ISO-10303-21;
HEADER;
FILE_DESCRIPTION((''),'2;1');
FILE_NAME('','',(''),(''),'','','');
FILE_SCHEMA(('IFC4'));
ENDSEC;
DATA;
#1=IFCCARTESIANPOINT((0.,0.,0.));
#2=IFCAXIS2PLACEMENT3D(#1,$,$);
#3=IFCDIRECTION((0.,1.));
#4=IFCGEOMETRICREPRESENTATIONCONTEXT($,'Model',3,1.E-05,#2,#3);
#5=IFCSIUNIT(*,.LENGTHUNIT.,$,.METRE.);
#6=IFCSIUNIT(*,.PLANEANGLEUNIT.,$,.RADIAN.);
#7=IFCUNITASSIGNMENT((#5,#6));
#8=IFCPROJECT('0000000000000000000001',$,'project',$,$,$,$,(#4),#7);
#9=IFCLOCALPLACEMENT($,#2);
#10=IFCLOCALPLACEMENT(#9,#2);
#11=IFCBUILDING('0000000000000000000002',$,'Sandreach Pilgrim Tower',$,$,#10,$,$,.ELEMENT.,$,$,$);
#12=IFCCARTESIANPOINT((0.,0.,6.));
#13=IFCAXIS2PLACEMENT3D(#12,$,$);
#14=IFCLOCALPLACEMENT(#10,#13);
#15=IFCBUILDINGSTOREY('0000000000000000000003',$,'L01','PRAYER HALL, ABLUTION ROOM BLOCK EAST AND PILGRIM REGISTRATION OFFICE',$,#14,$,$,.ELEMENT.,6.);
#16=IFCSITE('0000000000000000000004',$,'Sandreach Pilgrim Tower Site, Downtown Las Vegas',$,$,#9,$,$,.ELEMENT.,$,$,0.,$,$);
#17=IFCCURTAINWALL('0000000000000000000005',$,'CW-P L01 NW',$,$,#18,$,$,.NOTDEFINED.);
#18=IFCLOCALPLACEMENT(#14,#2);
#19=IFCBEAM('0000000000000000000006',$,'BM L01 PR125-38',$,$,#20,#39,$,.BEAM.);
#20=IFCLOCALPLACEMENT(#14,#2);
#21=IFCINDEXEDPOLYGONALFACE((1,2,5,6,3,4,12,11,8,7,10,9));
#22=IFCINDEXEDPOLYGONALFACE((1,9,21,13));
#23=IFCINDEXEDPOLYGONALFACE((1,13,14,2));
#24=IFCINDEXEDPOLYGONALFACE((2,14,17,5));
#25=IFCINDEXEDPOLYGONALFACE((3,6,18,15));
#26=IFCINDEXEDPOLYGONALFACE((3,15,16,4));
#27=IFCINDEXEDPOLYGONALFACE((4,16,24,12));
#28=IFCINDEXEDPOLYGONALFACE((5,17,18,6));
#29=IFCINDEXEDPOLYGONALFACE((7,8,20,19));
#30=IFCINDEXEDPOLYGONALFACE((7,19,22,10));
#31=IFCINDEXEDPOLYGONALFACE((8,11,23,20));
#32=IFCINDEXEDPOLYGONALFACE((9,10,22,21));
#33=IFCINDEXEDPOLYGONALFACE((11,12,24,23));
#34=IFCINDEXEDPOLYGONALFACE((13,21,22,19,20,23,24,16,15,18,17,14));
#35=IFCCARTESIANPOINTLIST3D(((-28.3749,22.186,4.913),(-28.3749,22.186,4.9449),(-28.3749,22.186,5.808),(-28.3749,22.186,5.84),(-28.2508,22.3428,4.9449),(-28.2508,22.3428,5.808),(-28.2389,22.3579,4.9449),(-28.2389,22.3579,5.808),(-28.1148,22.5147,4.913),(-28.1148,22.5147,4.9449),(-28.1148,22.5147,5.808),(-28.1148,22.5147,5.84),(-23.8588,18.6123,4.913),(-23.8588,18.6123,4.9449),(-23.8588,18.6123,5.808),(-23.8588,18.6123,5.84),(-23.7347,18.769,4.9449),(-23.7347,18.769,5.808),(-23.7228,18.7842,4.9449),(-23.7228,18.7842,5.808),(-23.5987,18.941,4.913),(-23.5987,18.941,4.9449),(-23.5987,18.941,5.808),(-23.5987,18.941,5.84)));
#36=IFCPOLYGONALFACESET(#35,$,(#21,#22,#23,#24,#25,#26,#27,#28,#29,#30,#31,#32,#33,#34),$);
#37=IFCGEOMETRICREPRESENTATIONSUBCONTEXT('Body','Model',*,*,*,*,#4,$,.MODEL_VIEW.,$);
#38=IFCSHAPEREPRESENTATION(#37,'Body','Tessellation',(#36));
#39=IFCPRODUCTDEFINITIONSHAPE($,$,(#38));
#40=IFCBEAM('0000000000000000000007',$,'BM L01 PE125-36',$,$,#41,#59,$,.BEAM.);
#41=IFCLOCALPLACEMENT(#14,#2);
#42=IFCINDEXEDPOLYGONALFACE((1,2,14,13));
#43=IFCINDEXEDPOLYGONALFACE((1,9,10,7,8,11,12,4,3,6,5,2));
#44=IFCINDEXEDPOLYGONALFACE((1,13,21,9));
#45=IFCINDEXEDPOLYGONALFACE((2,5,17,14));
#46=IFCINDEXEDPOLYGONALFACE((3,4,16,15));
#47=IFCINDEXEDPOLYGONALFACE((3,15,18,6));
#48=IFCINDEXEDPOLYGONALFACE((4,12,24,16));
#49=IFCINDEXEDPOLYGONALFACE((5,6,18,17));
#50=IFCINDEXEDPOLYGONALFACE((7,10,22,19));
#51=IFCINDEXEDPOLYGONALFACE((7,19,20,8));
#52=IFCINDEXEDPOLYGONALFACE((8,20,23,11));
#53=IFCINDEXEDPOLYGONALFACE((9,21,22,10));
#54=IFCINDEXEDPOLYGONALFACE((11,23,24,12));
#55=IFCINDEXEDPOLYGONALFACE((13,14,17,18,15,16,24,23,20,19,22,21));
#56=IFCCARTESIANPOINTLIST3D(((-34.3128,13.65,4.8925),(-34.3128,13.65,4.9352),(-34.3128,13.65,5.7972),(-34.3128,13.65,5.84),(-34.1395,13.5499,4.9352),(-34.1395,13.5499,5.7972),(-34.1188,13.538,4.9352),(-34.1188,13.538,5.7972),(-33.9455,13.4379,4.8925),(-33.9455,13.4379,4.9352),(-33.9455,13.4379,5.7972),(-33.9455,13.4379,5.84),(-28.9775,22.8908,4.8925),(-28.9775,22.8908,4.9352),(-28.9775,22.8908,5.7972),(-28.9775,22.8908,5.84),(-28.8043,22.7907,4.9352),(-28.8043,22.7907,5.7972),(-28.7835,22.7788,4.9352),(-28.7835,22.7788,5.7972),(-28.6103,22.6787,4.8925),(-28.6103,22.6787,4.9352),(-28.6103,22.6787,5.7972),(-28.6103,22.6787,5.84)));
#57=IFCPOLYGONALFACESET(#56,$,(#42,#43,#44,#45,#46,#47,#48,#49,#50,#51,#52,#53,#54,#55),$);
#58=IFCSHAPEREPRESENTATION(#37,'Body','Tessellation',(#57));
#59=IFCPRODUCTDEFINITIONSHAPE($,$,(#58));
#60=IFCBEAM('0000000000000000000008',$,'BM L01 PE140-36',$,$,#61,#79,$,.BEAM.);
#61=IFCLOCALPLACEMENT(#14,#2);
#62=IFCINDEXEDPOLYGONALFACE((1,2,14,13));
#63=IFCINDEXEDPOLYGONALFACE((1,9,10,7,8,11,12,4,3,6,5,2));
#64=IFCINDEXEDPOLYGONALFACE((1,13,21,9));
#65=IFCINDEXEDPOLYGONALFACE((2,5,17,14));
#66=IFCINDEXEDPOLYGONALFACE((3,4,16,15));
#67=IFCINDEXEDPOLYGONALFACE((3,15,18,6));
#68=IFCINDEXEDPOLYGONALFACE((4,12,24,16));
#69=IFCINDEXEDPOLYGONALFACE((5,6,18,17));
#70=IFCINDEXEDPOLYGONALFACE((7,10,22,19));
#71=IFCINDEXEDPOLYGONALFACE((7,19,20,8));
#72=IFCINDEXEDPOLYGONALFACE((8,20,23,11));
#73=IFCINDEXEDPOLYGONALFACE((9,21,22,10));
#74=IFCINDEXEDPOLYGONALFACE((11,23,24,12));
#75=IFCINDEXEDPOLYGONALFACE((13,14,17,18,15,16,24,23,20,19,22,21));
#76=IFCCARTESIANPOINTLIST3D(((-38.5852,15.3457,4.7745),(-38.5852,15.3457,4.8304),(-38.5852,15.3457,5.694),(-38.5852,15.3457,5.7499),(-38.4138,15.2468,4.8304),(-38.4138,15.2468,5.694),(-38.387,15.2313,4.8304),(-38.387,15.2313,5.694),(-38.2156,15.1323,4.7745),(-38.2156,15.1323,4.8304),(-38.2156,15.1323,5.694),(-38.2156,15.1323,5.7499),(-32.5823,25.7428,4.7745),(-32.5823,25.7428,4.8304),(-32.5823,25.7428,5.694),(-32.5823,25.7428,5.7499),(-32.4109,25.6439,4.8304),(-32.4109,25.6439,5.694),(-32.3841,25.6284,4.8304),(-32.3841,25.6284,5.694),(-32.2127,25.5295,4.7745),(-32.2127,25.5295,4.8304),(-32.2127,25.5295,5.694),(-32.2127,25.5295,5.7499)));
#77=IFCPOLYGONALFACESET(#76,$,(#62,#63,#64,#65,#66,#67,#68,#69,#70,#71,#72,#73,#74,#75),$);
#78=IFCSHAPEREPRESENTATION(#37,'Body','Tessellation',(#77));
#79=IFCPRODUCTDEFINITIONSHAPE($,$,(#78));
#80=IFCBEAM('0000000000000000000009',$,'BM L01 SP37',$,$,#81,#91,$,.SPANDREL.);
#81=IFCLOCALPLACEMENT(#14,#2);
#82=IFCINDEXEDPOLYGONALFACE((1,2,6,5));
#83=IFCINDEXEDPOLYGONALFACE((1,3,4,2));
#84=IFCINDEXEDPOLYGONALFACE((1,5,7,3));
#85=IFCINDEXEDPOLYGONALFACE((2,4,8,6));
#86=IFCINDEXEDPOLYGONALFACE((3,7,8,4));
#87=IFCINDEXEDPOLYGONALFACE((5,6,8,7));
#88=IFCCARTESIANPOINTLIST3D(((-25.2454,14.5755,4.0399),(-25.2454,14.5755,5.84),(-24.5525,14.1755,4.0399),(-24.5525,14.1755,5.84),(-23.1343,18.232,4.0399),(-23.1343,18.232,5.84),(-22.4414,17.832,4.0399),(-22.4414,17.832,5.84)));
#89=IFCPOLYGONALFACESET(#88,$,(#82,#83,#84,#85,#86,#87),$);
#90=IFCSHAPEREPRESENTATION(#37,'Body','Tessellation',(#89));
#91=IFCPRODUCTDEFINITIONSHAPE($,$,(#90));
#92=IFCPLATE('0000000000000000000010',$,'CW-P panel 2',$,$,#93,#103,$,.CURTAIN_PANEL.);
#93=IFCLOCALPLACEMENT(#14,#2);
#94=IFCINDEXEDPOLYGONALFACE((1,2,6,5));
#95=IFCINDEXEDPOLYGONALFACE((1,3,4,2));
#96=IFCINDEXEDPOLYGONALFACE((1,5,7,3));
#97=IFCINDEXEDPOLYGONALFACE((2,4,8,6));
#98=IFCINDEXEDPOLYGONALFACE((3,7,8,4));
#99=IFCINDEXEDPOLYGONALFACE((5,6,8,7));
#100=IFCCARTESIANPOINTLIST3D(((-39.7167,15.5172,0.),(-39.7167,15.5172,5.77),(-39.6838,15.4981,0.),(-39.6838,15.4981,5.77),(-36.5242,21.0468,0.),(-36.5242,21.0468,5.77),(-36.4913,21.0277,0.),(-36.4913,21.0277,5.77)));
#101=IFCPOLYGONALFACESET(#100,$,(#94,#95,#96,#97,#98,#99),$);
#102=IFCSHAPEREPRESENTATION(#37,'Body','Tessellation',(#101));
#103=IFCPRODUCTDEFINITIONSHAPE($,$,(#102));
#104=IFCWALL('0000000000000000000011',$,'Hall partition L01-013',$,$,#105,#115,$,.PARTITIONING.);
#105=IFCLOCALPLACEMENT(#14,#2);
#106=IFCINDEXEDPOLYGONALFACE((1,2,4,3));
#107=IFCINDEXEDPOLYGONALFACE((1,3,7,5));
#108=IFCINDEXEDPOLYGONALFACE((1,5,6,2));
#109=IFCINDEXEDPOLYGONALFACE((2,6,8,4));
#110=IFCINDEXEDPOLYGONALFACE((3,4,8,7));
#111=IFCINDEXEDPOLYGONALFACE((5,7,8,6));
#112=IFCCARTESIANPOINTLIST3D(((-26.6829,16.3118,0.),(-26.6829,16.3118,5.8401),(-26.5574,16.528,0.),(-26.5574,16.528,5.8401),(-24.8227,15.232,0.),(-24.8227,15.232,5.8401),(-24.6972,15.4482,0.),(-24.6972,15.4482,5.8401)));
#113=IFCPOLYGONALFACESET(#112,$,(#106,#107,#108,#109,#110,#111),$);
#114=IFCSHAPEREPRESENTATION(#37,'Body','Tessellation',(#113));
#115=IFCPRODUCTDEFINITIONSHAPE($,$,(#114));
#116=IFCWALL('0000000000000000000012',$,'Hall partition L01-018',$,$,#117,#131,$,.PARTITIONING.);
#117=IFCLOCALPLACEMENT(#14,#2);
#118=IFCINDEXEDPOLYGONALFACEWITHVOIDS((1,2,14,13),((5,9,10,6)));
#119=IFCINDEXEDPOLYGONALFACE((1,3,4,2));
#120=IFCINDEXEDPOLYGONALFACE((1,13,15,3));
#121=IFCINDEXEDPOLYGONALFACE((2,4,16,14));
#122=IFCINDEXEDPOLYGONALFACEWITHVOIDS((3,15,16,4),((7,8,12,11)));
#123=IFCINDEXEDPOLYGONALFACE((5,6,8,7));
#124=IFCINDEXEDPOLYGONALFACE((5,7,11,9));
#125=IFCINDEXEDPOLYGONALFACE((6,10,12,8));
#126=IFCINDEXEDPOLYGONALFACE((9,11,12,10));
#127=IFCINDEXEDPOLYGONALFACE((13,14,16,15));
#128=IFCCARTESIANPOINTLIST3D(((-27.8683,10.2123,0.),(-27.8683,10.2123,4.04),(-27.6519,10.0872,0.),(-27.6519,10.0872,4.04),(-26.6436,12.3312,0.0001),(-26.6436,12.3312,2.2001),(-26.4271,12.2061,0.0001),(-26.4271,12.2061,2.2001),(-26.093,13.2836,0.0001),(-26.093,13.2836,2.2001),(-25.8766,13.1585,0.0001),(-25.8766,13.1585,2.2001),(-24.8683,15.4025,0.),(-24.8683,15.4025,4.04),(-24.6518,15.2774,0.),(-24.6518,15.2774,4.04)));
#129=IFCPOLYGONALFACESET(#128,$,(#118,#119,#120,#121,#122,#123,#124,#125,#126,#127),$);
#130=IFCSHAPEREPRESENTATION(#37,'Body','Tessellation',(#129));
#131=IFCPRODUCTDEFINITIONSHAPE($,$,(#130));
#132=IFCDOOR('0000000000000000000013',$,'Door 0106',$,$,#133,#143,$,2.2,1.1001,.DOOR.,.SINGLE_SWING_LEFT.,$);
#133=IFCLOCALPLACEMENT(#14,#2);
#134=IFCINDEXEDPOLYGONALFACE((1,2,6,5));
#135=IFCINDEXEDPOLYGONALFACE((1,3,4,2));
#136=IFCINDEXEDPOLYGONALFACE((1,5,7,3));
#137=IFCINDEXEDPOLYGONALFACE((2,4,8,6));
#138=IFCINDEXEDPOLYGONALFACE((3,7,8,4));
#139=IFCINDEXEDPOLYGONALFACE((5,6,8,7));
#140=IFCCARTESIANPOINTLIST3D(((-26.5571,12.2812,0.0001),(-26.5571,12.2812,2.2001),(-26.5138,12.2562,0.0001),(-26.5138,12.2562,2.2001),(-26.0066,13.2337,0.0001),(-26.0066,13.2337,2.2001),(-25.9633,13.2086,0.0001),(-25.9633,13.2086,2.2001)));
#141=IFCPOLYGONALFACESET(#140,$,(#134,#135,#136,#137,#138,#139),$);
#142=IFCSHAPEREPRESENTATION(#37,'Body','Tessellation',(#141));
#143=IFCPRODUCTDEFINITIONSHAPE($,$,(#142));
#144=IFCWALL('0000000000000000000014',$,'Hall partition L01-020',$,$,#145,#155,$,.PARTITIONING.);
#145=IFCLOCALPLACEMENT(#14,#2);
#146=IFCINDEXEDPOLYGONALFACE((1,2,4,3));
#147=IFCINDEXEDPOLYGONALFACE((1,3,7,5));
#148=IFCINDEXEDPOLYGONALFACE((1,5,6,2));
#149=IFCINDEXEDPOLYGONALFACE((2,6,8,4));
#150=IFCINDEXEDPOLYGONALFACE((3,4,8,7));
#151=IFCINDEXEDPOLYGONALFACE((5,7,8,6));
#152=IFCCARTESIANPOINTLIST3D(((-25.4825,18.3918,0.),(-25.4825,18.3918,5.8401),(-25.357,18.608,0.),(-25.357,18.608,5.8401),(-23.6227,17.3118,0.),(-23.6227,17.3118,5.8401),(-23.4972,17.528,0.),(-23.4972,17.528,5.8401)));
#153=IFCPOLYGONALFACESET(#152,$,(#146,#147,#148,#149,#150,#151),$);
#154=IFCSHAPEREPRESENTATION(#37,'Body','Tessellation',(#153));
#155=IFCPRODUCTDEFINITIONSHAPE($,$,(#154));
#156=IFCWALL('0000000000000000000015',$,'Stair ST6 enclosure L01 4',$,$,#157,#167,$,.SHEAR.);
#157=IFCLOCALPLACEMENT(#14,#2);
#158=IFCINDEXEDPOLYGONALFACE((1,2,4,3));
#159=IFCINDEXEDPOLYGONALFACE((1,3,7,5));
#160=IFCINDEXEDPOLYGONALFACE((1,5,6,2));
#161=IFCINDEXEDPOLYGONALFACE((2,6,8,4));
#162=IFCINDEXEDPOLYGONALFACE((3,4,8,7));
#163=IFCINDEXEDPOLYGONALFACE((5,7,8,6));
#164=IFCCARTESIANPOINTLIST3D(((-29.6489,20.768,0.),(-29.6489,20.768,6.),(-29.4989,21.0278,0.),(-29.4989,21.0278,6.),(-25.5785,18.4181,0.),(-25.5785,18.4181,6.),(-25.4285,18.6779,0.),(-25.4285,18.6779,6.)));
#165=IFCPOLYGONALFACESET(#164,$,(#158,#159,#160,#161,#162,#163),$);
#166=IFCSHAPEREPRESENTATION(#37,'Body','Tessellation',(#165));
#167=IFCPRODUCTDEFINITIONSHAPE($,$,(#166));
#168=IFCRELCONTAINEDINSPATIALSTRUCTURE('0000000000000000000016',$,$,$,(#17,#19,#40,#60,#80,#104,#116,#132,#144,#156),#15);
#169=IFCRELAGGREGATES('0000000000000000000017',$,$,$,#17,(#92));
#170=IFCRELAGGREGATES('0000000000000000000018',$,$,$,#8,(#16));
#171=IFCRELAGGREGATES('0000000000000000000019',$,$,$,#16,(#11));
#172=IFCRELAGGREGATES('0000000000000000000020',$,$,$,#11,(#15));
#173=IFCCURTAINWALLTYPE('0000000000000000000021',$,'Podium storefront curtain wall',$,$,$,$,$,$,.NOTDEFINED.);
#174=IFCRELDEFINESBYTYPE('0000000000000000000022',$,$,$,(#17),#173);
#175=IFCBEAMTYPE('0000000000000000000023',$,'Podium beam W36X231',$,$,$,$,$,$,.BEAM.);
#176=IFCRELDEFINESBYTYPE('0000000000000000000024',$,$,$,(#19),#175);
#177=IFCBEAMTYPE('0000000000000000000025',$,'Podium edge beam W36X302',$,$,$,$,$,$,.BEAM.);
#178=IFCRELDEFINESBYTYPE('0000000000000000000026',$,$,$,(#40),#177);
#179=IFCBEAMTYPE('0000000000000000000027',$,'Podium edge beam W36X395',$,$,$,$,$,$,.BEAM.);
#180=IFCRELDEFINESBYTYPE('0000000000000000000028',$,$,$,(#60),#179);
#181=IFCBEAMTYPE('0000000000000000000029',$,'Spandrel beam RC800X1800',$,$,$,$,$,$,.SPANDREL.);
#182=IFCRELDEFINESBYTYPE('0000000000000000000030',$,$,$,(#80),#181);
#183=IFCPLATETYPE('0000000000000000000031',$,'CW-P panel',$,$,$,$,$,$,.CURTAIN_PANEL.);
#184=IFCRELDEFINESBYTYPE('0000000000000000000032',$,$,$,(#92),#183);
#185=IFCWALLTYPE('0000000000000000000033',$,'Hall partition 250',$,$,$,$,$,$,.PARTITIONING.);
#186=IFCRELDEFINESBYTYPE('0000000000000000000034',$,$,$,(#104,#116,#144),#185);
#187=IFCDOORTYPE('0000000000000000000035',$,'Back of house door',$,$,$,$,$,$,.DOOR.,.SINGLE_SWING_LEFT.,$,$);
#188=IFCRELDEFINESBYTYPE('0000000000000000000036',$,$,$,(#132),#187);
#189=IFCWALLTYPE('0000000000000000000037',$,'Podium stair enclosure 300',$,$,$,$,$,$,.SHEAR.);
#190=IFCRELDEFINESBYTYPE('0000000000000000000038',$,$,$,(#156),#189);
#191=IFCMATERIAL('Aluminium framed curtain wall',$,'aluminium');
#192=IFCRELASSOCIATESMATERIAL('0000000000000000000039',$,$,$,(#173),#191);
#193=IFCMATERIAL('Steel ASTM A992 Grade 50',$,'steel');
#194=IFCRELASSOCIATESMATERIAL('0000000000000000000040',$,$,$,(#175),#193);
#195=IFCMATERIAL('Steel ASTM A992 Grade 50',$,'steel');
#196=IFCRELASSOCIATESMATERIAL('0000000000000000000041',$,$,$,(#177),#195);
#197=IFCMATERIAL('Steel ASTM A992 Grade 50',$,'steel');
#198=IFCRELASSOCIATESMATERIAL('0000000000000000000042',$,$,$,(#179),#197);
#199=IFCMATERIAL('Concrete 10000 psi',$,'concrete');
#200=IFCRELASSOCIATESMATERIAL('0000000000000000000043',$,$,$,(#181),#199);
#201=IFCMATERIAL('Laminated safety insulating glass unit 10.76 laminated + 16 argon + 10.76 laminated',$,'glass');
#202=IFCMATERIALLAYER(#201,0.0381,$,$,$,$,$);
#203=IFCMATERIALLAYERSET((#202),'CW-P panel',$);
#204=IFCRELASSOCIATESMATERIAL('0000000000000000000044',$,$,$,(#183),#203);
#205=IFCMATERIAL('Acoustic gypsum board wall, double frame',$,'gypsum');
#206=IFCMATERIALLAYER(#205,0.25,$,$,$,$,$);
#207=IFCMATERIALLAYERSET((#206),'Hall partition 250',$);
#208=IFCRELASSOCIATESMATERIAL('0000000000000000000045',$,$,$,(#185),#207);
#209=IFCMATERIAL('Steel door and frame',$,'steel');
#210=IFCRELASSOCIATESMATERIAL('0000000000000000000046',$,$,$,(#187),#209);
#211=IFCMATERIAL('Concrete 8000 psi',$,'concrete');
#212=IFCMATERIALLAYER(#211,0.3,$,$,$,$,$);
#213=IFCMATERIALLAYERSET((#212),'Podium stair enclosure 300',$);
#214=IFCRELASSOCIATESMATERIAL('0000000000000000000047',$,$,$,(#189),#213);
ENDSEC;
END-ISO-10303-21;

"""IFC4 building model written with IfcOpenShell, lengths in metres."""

from ifc_helpers import new_model, si_unit, direction, frame, frame_2d, origin, origin_2d, place, context, subcontext, project, spatial, rectangle, i_section, extrude, material, layer, layer_set, material_profile, profile_set, type_object, element, fill, aggregate, save


model = new_model("IFC4")

# Units and contexts
model_context = context("Model", 3, precision=1e-05, world=origin(), true_north=direction((0.0, 1.0)))
body_context = subcontext(model_context, "Body", "Model", "MODEL_VIEW")
ifc_project = project(units=[si_unit("LENGTHUNIT", "METRE"), si_unit("PLANEANGLEUNIT", "RADIAN")], contexts=[model_context])

# Site, building, storey
site_placement = place(None, origin())
site = spatial("IfcSite", under=ifc_project, at=site_placement, Name="Sandreach Pilgrim Tower Site, Downtown Las Vegas", CompositionType="ELEMENT", RefElevation=0.0)
building_placement = place(site_placement, origin())
building = spatial("IfcBuilding", under=site, at=building_placement, Name="Sandreach Pilgrim Tower", CompositionType="ELEMENT")
storey_placement = place(building_placement, frame((0.0, 0.0, 6.0)))
storey = spatial("IfcBuildingStorey", under=building, at=storey_placement, Name="L01", Description="PRAYER HALL, ABLUTION ROOM BLOCK EAST AND PILGRIM REGISTRATION OFFICE", CompositionType="ELEMENT", Elevation=6.0)

# Curtain wall
ifc_material_1 = material(Name="Aluminium framed curtain wall", Category="aluminium")
curtain_wall_type = type_object("IfcCurtainWallType", Name="Podium storefront curtain wall", PredefinedType="NOTDEFINED", material=ifc_material_1)
curtain_wall_placement = place(storey_placement, origin())
curtain_wall = element("IfcCurtainWall", 1, at=curtain_wall_placement, inside=storey, type_object=curtain_wall_type, Name="CW-P L01 NW", PredefinedType="NOTDEFINED")

# Beams
ifc_material_2 = material(Name="Steel ASTM A992 Grade 50", Category="steel")
ifc_material_profile_1 = material_profile(ifc_material_2, i_section(OverallWidth=0.4192, OverallDepth=0.927, WebThickness=0.0193, FlangeThickness=0.032, at=origin_2d()), Name="W36X231")
ifc_profile_set_1 = profile_set([ifc_material_profile_1], Name="Steel ASTM A992 Grade 50")
beam_type_1 = type_object("IfcBeamType", Name="Podium beam W36X231", PredefinedType="BEAM", material=ifc_profile_set_1)
beam_1_placement = place(storey_placement, frame((-23.7288, 18.7766, 5.3765), z_axis=(-0.784175, 0.62054, 0.0), x_axis=(-0.62054, -0.784175, 0.0)))
element("IfcBeam", 2, at=beam_1_placement, inside=storey, type_object=beam_type_1, Name="BM L01 PR125-38", PredefinedType="BEAM", context=body_context, shape_type="SweptSolid", body=[
    extrude(i_section(OverallWidth=0.4192, OverallDepth=0.927, WebThickness=0.0193, FlangeThickness=0.032, at=origin_2d()), origin(), (0.0, 0.0, 1.0), 5.759),
])
ifc_material_3 = material(Name="Steel ASTM A992 Grade 50", Category="steel")
ifc_material_profile_2 = material_profile(ifc_material_3, i_section(OverallWidth=0.4241, OverallDepth=0.9475, WebThickness=0.0239, FlangeThickness=0.0427, at=origin_2d()), Name="W36X302")
ifc_profile_set_2 = profile_set([ifc_material_profile_2], Name="Steel ASTM A992 Grade 50")
beam_type_2 = type_object("IfcBeamType", Name="Podium edge beam W36X302", PredefinedType="BEAM", material=ifc_profile_set_2)
beam_2_placement = place(storey_placement, frame((-34.1292, 13.5439, 5.3662), z_axis=(0.500005, 0.866023, 0.0), x_axis=(-0.866023, 0.500005, 0.0)))
element("IfcBeam", 3, at=beam_2_placement, inside=storey, type_object=beam_type_2, Name="BM L01 PE125-36", PredefinedType="BEAM", context=body_context, shape_type="SweptSolid", body=[
    extrude(i_section(OverallWidth=0.4241, OverallDepth=0.9475, WebThickness=0.0239, FlangeThickness=0.0427, at=origin_2d()), origin(), (0.0, 0.0, 1.0), 10.6704),
])
ifc_material_4 = material(Name="Steel ASTM A992 Grade 50", Category="steel")
ifc_material_profile_3 = material_profile(ifc_material_4, i_section(OverallWidth=0.4268, OverallDepth=0.9753, WebThickness=0.031, FlangeThickness=0.0559, at=origin_2d()), Name="W36X395")
ifc_profile_set_3 = profile_set([ifc_material_profile_3], Name="Steel ASTM A992 Grade 50")
beam_type_3 = type_object("IfcBeamType", Name="Podium edge beam W36X395", PredefinedType="BEAM", material=ifc_profile_set_3)
beam_3_placement = place(storey_placement, frame((-38.4004, 15.239, 5.2622), z_axis=(0.500006, 0.866022, 0.0), x_axis=(-0.866022, 0.500006, 0.0)))
element("IfcBeam", 4, at=beam_3_placement, inside=storey, type_object=beam_type_3, Name="BM L01 PE140-36", PredefinedType="BEAM", context=body_context, shape_type="SweptSolid", body=[
    extrude(i_section(OverallWidth=0.4268, OverallDepth=0.9753, WebThickness=0.031, FlangeThickness=0.0559, at=origin_2d()), origin(), (0.0, 0.0, 1.0), 12.0056),
])
ifc_material_5 = material(Name="Concrete 10000 psi", Category="concrete")
ifc_material_profile_4 = material_profile(ifc_material_5, rectangle(XDim=0.8, YDim=1.8, at=origin_2d()), Name="RC800X1800")
ifc_profile_set_4 = profile_set([ifc_material_profile_4], Name="Concrete 10000 psi")
beam_type_4 = type_object("IfcBeamType", Name="Spandrel beam RC800X1800", PredefinedType="SPANDREL", material=ifc_profile_set_4)
beam_4_placement = place(storey_placement, frame((-24.8989, 14.3755, 4.9399), z_axis=(0.500001, 0.866025, 0.0), x_axis=(-0.866025, 0.500001, 0.0)))
element("IfcBeam", 5, at=beam_4_placement, inside=storey, type_object=beam_type_4, Name="BM L01 SP37", PredefinedType="SPANDREL", context=body_context, shape_type="SweptSolid", body=[
    extrude(rectangle(XDim=0.8, YDim=1.8, at=origin_2d()), origin(), (0.0, 0.0, 1.0), 4.2222),
])

# Plate
ifc_material_6 = material(Name="Laminated safety insulating glass unit 10.76 laminated + 16 argon + 10.76 laminated", Category="glass")
ifc_layer_1 = layer(ifc_material_6, 0.0381)
ifc_layer_set_1 = layer_set([ifc_layer_1], Name="CW-P panel")
plate_type = type_object("IfcPlateType", Name="CW-P panel", PredefinedType="CURTAIN_PANEL", material=ifc_layer_set_1)
plate_placement = place(storey_placement, frame((-38.104, 18.2725, 0.0), z_axis=(0.0, 0.0, 1.0), x_axis=(0.5, 0.866025, 0.0)))
plate = element("IfcPlate", 6, at=plate_placement, type_object=plate_type, Name="CW-P panel 2", PredefinedType="CURTAIN_PANEL", context=body_context, shape_type="SweptSolid", body=[
    extrude(rectangle(XDim=6.385, YDim=0.0381, at=origin_2d()), origin(), (0.0, 0.0, 1.0), 5.77),
])
aggregate(curtain_wall, [plate])

# Wall
ifc_material_7 = material(Name="Acoustic gypsum board wall, double frame", Category="gypsum")
ifc_layer_2 = layer(ifc_material_7, 0.25)
ifc_layer_set_2 = layer_set([ifc_layer_2], Name="Hall partition 250")
wall_type_1 = type_object("IfcWallType", Name="Hall partition 250", PredefinedType="PARTITIONING", material=ifc_layer_set_2)
wall_1_placement = place(storey_placement, frame((-26.6201, 16.4199, 0.0), z_axis=(0.0, 0.0, 1.0), x_axis=(0.864835, -0.502056, 0.0)))
element("IfcWall", 7, at=wall_1_placement, inside=storey, type_object=wall_type_1, Name="Hall partition L01-013", PredefinedType="PARTITIONING", context=body_context, shape_type="SweptSolid", body=[
    extrude(rectangle(XDim=2.1509, YDim=0.25, at=frame_2d((1.0754, 0.0))), origin(), (0.0, 0.0, 1.0), 5.8401),
])

# Wall, opening, door
wall_2_placement = place(storey_placement, frame((-24.76, 15.3401, 0.0), z_axis=(0.0, 0.0, 1.0), x_axis=(-0.500431, -0.865776, 0.0)))
wall_2 = element("IfcWall", 8, at=wall_2_placement, inside=storey, type_object=wall_type_1, Name="Hall partition L01-018", PredefinedType="PARTITIONING", context=body_context, shape_type="SweptSolid", body=[
    extrude(rectangle(XDim=5.9949, YDim=0.25, at=frame_2d((2.9976, 0.0))), origin(), (0.0, 0.0, 1.0), 4.04),
])
opening_1_placement = place(wall_2_placement, frame((2.4475, 0.0, 0.0)))
opening_1 = element("IfcOpeningElement", 9, at=opening_1_placement, cuts=wall_2, PredefinedType="OPENING", context=body_context, shape_type="SweptSolid", body=[
    extrude(rectangle(XDim=1.1001, YDim=2.2, at=frame_2d((0.55, 1.1001))), frame((0.0, 0.125, 0.0), z_axis=(0.0, -1.0, 0.0), x_axis=(1.0, 0.0, 0.0)), (0.0, 0.0, 1.0), 0.25),
])
ifc_material_8 = material(Name="Steel door and frame", Category="steel")
door_type_1 = type_object("IfcDoorType", Name="Back of house door", OperationType="SINGLE_SWING_LEFT", PredefinedType="DOOR", material=ifc_material_8)
door_1_placement = place(opening_1_placement, origin())
door_1 = element("IfcDoor", 10, at=door_1_placement, inside=storey, type_object=door_type_1, Name="Door 0106", OperationType="SINGLE_SWING_LEFT", OverallHeight=2.2, OverallWidth=1.1001, PredefinedType="DOOR", context=body_context, shape_type="SweptSolid", body=[
    extrude(rectangle(XDim=1.1001, YDim=2.2, at=frame_2d((0.55, 1.1001))), frame((0.0, 0.0249, 0.0), z_axis=(0.0, -1.0, 0.0), x_axis=(1.0, 0.0, 0.0)), (0.0, 0.0, 1.0), 0.05),
])
fill(opening_1, door_1)

# Wall
wall_3_placement = place(storey_placement, frame((-23.5601, 17.4199, 0.0), z_axis=(0.0, 0.0, 1.0), x_axis=(-0.864757, 0.50219, 0.0)))
element("IfcWall", 11, at=wall_3_placement, inside=storey, type_object=wall_type_1, Name="Hall partition L01-020", PredefinedType="PARTITIONING", context=body_context, shape_type="SweptSolid", body=[
    extrude(rectangle(XDim=2.1506, YDim=0.25, at=frame_2d((1.0752, 0.0))), origin(), (0.0, 0.0, 1.0), 5.8401),
])

# Shared definitions
ifc_material_9 = material(Name="Concrete 8000 psi", Category="concrete")
ifc_layer_3 = layer(ifc_material_9, 0.3)
ifc_layer_set_3 = layer_set([ifc_layer_3], Name="Podium stair enclosure 300")
wall_type_2 = type_object("IfcWallType", Name="Podium stair enclosure 300", PredefinedType="SHEAR", material=ifc_layer_set_3)

# Wall
wall_4_placement = place(storey_placement, frame((-29.574, 20.8979, 0.0), z_axis=(0.0, 0.0, 1.0), x_axis=(0.866039, -0.499977, 0.0)))
element("IfcWall", 12, at=wall_4_placement, inside=storey, type_object=wall_type_2, Name="Stair ST6 enclosure L01 4", PredefinedType="SHEAR", context=body_context, shape_type="SweptSolid", body=[
    extrude(rectangle(XDim=4.7, YDim=0.3, at=frame_2d((2.3501, 0.0))), origin(), (0.0, 0.0, 1.0), 6.0),
])

save(model, "model.ifc")
